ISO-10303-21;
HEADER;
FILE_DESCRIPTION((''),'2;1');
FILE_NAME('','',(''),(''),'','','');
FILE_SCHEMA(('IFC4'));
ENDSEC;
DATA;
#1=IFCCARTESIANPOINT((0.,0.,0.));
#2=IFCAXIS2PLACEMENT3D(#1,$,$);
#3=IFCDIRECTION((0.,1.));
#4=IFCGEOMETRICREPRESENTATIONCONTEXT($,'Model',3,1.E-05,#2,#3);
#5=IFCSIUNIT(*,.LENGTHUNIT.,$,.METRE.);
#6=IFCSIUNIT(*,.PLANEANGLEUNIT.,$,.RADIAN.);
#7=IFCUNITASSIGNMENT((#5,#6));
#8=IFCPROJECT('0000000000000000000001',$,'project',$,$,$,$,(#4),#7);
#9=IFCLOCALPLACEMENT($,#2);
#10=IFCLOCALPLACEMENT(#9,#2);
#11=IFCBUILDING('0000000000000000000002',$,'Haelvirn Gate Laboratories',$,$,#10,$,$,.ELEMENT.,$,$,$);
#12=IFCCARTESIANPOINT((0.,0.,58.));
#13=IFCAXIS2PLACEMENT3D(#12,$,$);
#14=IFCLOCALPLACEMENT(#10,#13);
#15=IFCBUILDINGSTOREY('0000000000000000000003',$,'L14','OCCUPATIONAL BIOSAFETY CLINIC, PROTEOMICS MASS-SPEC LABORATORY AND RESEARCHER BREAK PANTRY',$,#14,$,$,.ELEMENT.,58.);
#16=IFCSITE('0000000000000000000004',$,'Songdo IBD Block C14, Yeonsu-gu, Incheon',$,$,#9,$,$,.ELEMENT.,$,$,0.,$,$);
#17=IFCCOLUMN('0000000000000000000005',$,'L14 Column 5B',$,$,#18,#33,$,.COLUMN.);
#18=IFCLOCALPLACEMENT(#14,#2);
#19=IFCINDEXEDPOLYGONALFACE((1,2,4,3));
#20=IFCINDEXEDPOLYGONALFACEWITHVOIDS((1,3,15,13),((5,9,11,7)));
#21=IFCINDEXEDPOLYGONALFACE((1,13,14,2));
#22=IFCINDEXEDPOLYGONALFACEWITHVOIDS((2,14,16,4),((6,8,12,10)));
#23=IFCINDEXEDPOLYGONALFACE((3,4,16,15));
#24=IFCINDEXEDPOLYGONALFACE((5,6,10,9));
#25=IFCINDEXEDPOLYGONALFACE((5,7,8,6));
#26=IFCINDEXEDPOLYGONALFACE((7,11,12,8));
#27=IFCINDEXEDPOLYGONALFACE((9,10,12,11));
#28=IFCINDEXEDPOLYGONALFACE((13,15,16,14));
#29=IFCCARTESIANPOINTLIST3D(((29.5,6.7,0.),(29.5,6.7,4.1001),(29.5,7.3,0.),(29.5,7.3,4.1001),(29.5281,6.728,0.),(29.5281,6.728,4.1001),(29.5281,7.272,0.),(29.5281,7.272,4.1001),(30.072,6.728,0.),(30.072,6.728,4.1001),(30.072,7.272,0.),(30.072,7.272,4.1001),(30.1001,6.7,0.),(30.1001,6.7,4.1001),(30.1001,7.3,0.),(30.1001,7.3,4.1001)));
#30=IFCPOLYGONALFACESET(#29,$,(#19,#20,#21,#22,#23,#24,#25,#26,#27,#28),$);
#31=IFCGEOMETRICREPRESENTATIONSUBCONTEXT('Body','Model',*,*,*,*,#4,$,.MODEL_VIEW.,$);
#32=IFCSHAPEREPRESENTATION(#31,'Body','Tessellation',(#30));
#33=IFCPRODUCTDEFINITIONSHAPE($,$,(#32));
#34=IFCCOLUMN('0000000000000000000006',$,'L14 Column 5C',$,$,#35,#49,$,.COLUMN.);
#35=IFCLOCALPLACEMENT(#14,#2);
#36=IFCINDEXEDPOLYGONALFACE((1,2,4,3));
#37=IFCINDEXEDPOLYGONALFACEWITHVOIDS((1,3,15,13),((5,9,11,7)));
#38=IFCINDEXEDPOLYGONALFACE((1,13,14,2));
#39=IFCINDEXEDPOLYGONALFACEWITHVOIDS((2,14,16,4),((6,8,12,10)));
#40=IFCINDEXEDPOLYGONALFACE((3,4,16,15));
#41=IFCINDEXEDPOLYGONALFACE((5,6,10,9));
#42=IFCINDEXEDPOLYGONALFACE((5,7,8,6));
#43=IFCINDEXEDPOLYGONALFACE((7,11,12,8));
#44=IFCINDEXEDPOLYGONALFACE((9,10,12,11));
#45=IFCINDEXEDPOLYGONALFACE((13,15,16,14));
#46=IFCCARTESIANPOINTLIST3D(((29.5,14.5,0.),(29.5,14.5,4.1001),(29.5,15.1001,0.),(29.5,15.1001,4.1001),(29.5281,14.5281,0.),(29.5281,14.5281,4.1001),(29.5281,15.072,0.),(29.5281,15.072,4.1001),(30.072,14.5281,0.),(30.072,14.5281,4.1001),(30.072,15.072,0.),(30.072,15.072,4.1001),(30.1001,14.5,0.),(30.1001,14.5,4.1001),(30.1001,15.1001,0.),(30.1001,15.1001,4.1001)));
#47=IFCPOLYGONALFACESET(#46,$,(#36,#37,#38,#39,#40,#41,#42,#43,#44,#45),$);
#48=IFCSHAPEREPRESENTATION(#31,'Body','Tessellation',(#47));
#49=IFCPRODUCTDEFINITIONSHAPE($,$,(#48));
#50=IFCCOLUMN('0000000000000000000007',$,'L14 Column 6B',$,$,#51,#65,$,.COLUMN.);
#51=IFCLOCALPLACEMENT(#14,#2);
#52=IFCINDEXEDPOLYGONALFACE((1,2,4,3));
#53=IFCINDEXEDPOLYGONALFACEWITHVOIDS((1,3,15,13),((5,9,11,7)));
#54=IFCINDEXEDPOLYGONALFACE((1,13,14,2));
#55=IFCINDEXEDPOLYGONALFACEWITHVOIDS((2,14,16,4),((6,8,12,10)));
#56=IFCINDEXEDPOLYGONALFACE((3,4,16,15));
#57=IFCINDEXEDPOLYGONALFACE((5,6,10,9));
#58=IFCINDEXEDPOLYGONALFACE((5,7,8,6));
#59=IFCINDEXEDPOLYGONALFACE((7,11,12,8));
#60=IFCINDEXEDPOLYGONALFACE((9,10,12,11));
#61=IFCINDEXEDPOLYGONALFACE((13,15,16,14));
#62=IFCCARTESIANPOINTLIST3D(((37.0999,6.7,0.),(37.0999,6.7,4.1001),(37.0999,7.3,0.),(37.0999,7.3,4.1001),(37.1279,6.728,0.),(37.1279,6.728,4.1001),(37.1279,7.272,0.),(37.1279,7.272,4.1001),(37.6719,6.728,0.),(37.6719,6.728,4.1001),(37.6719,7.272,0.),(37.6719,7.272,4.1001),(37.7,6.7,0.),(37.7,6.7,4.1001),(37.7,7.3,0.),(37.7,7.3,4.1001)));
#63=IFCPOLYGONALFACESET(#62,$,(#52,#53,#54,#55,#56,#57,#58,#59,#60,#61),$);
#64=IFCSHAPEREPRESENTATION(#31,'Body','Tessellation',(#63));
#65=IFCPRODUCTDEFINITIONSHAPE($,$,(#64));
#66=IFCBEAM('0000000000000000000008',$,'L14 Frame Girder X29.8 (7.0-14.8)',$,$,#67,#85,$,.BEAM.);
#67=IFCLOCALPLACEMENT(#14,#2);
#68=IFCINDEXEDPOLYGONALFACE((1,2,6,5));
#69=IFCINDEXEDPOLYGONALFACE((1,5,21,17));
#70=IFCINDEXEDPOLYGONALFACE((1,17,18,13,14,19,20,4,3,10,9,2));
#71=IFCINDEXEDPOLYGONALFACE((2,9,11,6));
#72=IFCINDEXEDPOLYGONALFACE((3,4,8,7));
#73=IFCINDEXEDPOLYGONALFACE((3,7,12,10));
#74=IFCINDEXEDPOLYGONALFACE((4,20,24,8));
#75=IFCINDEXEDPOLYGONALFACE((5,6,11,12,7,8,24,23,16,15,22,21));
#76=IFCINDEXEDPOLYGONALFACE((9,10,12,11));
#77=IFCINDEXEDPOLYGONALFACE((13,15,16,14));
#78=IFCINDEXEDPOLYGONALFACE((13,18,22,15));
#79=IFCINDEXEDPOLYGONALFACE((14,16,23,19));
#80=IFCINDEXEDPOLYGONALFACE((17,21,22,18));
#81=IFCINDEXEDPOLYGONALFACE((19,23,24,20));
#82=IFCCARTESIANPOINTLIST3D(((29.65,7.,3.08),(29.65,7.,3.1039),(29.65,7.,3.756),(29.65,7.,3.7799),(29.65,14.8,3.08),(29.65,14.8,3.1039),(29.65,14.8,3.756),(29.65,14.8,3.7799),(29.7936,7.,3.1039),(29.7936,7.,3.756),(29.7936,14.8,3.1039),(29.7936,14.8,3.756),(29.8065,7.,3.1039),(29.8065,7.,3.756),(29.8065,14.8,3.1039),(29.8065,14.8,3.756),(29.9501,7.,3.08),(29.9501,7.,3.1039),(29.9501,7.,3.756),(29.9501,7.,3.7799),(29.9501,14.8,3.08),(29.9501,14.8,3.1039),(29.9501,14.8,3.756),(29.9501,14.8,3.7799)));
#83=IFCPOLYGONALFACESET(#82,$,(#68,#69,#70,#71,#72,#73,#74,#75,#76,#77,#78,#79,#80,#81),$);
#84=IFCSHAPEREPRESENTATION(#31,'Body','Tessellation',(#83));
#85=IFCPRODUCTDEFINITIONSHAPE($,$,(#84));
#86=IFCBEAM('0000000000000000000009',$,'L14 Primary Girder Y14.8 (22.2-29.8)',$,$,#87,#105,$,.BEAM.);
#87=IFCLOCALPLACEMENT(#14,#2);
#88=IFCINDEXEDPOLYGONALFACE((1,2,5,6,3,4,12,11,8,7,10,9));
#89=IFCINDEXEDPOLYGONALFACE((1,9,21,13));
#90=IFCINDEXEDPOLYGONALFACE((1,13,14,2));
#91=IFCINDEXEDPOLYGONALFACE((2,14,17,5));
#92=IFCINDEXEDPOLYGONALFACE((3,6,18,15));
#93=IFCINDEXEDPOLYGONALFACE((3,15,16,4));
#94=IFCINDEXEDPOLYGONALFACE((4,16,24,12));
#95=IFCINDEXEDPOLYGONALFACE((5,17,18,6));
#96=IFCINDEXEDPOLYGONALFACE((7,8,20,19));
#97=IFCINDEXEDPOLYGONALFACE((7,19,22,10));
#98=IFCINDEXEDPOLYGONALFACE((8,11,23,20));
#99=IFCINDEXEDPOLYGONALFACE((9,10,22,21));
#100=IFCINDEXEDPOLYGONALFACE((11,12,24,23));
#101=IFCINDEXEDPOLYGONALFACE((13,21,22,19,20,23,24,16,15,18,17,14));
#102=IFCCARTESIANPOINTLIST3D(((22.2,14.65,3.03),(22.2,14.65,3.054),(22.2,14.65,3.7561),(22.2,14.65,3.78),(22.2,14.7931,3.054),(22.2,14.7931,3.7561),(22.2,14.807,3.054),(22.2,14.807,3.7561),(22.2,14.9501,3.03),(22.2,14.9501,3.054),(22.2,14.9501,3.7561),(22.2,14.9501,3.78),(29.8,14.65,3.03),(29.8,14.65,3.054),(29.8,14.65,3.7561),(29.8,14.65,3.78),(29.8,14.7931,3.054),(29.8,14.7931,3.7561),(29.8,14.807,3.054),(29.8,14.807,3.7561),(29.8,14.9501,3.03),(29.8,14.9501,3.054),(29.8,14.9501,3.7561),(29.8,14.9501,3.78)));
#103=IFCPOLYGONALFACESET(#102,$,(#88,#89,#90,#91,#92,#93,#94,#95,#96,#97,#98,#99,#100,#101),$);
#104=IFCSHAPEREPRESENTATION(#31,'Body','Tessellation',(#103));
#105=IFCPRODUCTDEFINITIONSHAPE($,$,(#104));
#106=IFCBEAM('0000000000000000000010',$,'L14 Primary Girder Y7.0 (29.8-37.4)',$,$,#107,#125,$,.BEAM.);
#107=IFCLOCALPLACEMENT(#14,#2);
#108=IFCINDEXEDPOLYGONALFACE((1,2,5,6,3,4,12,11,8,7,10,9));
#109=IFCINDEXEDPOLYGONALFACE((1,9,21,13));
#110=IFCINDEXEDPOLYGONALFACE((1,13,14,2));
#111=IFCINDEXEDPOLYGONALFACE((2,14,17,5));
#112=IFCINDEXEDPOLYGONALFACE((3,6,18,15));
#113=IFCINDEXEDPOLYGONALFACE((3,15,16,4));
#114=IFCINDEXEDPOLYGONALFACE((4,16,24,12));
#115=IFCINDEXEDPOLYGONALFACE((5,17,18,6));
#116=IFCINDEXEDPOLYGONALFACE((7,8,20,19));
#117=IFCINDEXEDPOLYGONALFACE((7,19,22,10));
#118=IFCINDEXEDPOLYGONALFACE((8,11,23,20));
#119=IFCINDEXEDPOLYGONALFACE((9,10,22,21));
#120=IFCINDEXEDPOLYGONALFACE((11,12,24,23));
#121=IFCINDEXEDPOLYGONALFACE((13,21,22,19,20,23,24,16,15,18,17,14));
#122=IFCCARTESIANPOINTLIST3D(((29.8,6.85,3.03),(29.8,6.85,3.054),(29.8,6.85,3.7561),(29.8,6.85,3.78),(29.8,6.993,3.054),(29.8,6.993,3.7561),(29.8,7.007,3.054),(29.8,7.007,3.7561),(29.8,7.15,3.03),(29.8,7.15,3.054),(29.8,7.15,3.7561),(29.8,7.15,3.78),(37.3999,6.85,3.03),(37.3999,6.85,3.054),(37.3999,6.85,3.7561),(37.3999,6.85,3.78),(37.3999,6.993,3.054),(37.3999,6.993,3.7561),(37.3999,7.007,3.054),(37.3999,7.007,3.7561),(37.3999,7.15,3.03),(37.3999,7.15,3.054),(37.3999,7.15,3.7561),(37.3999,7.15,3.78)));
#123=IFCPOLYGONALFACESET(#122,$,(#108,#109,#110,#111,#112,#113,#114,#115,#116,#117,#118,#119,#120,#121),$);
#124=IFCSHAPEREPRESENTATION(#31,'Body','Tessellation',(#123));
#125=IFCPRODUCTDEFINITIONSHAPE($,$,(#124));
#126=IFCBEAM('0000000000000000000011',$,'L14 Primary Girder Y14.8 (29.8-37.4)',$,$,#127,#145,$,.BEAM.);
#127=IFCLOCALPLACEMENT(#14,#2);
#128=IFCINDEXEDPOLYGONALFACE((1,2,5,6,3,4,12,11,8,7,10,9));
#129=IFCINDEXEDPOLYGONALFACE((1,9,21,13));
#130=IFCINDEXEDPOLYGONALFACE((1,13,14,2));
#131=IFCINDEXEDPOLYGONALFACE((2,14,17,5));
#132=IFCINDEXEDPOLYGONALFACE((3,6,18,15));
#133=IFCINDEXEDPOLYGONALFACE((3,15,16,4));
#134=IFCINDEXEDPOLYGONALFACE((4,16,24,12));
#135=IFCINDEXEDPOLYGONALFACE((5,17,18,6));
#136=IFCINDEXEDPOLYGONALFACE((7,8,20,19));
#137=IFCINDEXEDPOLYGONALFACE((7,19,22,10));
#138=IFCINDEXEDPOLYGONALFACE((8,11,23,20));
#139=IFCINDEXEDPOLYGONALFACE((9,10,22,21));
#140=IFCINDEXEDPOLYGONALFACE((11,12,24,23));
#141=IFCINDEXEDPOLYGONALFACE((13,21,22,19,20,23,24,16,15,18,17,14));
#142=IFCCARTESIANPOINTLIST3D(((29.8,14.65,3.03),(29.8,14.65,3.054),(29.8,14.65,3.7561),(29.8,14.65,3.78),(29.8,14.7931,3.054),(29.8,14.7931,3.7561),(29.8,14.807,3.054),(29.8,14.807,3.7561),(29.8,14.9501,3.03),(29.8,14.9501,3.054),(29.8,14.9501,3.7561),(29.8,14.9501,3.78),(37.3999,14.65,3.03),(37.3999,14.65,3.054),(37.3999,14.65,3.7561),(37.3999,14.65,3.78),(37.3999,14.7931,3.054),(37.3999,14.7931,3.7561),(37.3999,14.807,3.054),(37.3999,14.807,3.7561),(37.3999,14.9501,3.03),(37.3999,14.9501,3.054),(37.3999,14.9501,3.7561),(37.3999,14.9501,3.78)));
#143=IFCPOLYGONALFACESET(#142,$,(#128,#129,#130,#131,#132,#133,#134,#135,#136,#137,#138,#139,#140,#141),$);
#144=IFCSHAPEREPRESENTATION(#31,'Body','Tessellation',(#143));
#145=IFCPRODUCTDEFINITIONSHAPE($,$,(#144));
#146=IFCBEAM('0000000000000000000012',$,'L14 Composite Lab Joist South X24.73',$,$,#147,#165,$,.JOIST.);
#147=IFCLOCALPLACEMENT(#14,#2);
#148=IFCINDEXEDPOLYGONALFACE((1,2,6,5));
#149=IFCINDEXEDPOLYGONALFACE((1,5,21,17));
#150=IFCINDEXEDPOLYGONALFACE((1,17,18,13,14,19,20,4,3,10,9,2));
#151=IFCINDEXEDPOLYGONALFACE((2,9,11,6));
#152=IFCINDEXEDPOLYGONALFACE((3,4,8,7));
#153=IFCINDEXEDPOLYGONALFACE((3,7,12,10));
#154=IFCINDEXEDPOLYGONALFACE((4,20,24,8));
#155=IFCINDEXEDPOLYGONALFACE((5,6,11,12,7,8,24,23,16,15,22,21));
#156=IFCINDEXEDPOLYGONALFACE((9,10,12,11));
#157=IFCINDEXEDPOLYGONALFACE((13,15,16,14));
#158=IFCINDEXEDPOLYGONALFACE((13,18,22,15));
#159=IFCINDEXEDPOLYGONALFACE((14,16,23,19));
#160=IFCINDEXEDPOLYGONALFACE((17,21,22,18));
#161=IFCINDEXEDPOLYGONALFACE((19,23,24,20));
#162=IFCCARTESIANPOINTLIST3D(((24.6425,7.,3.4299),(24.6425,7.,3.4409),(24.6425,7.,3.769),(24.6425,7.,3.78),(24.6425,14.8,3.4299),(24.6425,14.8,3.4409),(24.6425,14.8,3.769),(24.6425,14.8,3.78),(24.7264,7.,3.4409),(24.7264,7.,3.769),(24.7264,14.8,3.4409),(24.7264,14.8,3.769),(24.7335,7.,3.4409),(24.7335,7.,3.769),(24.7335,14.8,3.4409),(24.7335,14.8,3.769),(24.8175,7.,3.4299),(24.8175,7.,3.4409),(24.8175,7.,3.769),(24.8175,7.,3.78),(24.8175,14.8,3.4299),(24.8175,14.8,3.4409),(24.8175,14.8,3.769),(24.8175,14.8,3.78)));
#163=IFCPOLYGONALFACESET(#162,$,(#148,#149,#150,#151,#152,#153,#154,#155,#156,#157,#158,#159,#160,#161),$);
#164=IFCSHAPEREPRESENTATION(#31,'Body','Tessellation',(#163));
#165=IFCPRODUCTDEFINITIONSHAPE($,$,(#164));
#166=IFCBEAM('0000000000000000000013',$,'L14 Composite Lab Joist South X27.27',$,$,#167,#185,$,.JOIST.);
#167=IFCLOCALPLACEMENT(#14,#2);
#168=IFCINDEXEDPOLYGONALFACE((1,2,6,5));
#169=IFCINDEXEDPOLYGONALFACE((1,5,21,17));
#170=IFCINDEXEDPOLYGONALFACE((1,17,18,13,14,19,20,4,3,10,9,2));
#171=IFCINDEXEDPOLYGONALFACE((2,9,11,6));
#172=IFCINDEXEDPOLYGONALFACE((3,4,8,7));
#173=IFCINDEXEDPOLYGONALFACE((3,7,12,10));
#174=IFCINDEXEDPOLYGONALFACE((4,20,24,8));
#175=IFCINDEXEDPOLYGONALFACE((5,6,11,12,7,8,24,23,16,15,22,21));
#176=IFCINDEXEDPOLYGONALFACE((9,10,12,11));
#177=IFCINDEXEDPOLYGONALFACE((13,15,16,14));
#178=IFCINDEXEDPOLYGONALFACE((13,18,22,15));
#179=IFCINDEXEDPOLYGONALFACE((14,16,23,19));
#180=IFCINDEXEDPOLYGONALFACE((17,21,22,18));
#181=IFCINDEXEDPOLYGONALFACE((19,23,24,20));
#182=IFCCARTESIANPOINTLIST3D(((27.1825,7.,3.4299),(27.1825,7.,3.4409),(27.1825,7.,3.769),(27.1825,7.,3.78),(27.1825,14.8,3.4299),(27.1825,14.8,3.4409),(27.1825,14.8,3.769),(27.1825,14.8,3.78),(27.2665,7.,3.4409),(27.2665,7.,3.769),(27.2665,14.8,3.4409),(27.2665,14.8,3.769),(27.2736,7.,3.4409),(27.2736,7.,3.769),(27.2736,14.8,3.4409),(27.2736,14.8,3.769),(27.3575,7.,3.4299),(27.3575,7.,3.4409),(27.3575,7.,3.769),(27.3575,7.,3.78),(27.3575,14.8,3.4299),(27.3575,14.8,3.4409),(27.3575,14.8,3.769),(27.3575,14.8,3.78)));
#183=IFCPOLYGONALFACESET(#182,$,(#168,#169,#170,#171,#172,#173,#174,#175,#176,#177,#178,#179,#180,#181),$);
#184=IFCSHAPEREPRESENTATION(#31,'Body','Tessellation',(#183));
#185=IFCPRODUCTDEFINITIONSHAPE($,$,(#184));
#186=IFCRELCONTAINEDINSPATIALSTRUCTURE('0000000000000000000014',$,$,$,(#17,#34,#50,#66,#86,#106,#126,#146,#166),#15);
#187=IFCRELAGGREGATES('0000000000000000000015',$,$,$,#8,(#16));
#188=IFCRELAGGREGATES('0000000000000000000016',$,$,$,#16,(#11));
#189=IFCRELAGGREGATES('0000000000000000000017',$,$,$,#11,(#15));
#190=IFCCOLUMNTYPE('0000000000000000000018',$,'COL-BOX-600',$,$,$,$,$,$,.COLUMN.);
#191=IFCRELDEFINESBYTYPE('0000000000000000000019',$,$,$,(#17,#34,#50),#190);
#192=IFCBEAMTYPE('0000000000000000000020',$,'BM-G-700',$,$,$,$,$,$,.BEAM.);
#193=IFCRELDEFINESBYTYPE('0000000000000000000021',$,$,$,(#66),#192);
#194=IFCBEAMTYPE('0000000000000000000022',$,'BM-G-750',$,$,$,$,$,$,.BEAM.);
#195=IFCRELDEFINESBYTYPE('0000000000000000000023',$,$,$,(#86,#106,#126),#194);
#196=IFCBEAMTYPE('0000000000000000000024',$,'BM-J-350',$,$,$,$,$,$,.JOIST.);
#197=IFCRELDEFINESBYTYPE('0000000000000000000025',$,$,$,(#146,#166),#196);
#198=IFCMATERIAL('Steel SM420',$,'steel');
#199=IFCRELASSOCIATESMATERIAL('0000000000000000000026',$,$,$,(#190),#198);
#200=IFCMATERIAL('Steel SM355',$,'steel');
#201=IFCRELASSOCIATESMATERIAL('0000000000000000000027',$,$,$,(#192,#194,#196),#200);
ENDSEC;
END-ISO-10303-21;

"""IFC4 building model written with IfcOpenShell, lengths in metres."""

from ifc_helpers import new_model, si_unit, direction, frame, origin, origin_2d, place, context, subcontext, project, spatial, hollow_rectangle, i_section, extrude, source, transform, mapped, material, material_profile, profile_set, type_object, type_shapes, element, save


model = new_model("IFC4")

# Units and contexts
model_context = context("Model", 3, precision=1e-05, world=origin(), true_north=direction((0.0, 1.0)))
body_context = subcontext(model_context, "Body", "Model", "MODEL_VIEW")
ifc_project = project(units=[si_unit("LENGTHUNIT", "METRE"), si_unit("PLANEANGLEUNIT", "RADIAN")], contexts=[model_context])

# Site, building, storey
site_placement = place(None, origin())
site = spatial("IfcSite", under=ifc_project, at=site_placement, Name="Songdo IBD Block C14, Yeonsu-gu, Incheon", CompositionType="ELEMENT", RefElevation=0.0)
building_placement = place(site_placement, origin())
building = spatial("IfcBuilding", under=site, at=building_placement, Name="Haelvirn Gate Laboratories", CompositionType="ELEMENT")
storey_placement = place(building_placement, frame((0.0, 0.0, 58.0)))
storey = spatial("IfcBuildingStorey", under=building, at=storey_placement, Name="L14", Description="OCCUPATIONAL BIOSAFETY CLINIC, PROTEOMICS MASS-SPEC LABORATORY AND RESEARCHER BREAK PANTRY", CompositionType="ELEMENT", Elevation=58.0)

# Columns
ifc_material_1 = material(Name="Steel SM420", Category="steel")
ifc_material_profile_1 = material_profile(ifc_material_1, hollow_rectangle(XDim=0.6001, YDim=0.6001, WallThickness=0.0281, at=origin_2d()), Name="BOX-600x600x28")
ifc_profile_set_1 = profile_set([ifc_material_profile_1], Name="Steel SM420")
column_type = type_object("IfcColumnType", Name="COL-BOX-600", PredefinedType="COLUMN", material=ifc_profile_set_1)
shared_shape_1 = source(origin(), body_context, "Body", "SweptSolid", [
    extrude(hollow_rectangle(XDim=0.6001, YDim=0.6001, WallThickness=0.0281, at=origin_2d()), origin(), (0.0, 0.0, 1.0), 4.1001),
])
type_shapes(column_type, [shared_shape_1])
for number, where, z_axis, x_axis, name in (
    (1, (29.8, 7.0, 0.0), (0.0, 0.0, 1.0), (1.0, 0.0, 0.0), "L14 Column 5B"),
    (2, (29.8, 14.8, 0.0), (0.0, 0.0, 1.0), (1.0, 0.0, 0.0), "L14 Column 5C"),
    (3, (37.3999, 7.0, 0.0), (0.0, 0.0, 1.0), (1.0, 0.0, 0.0), "L14 Column 6B"),
):
    element("IfcColumn", number, at=place(storey_placement, frame(where, z_axis=z_axis, x_axis=x_axis)), inside=storey, type_object=column_type, Name=name, PredefinedType="COLUMN", context=body_context, shape_type="MappedRepresentation", body=[
        mapped(shared_shape_1, transform((0.0, 0.0, 0.0), scale=1.0)),
    ])

# Beams
ifc_material_2 = material(Name="Steel SM355", Category="steel")
ifc_material_profile_2 = material_profile(ifc_material_2, i_section(OverallWidth=0.3, OverallDepth=0.7, WebThickness=0.0129, FlangeThickness=0.0239, at=origin_2d()), Name="H-700x300x13x24")
ifc_profile_set_2 = profile_set([ifc_material_profile_2], Name="Steel SM355")
beam_type_1 = type_object("IfcBeamType", Name="BM-G-700", PredefinedType="BEAM", material=ifc_profile_set_2)
shared_shape_2 = source(origin(), body_context, "Body", "SweptSolid", [
    extrude(i_section(OverallWidth=0.3, OverallDepth=0.7, WebThickness=0.0129, FlangeThickness=0.0239, at=origin_2d()), origin(), (0.0, 0.0, 1.0), 7.8),
])
type_shapes(beam_type_1, [shared_shape_2])
beam_1_placement = place(storey_placement, frame((29.8, 7.0, 3.4299), z_axis=(0.0, 1.0, 0.0), x_axis=(-1.0, 0.0, 0.0)))
element("IfcBeam", 4, at=beam_1_placement, inside=storey, type_object=beam_type_1, Name="L14 Frame Girder X29.8 (7.0-14.8)", PredefinedType="BEAM", context=body_context, shape_type="MappedRepresentation", body=[
    mapped(shared_shape_2, transform((0.0, 0.0, 0.0), scale=1.0)),
])
ifc_material_profile_3 = material_profile(ifc_material_2, i_section(OverallWidth=0.3, OverallDepth=0.75, WebThickness=0.0139, FlangeThickness=0.0239, at=origin_2d()), Name="H-750x300x14x24")
ifc_profile_set_3 = profile_set([ifc_material_profile_3], Name="Steel SM355")
beam_type_2 = type_object("IfcBeamType", Name="BM-G-750", PredefinedType="BEAM", material=ifc_profile_set_3)
shared_shape_3 = source(origin(), body_context, "Body", "SweptSolid", [
    extrude(i_section(OverallWidth=0.3, OverallDepth=0.75, WebThickness=0.0139, FlangeThickness=0.0239, at=origin_2d()), origin(), (0.0, 0.0, 1.0), 7.6001),
])
beam_2_placement = place(storey_placement, frame((22.2, 14.8, 3.405), z_axis=(1.0, 0.0, 0.0), x_axis=(0.0, 1.0, 0.0)))
element("IfcBeam", 5, at=beam_2_placement, inside=storey, type_object=beam_type_2, Name="L14 Primary Girder Y14.8 (22.2-29.8)", PredefinedType="BEAM", context=body_context, shape_type="MappedRepresentation", body=[
    mapped(shared_shape_3, transform((0.0, 0.0, 0.0), scale=1.0)),
])
shared_shape_4 = source(origin(), body_context, "Body", "SweptSolid", [
    extrude(i_section(OverallWidth=0.3, OverallDepth=0.75, WebThickness=0.0139, FlangeThickness=0.0239, at=origin_2d()), origin(), (0.0, 0.0, 1.0), 7.5999),
])
type_shapes(beam_type_2, [shared_shape_3, shared_shape_4])
for number, where, z_axis, x_axis, name in (
    (6, (29.8, 7.0, 3.405), (1.0, 0.0, 0.0), (0.0, 1.0, 0.0), "L14 Primary Girder Y7.0 (29.8-37.4)"),
    (7, (29.8, 14.8, 3.405), (1.0, 0.0, 0.0), (0.0, 1.0, 0.0), "L14 Primary Girder Y14.8 (29.8-37.4)"),
):
    element("IfcBeam", number, at=place(storey_placement, frame(where, z_axis=z_axis, x_axis=x_axis)), inside=storey, type_object=beam_type_2, Name=name, PredefinedType="BEAM", context=body_context, shape_type="MappedRepresentation", body=[
        mapped(shared_shape_4, transform((0.0, 0.0, 0.0), scale=1.0)),
    ])
ifc_material_profile_4 = material_profile(ifc_material_2, i_section(OverallWidth=0.175, OverallDepth=0.3501, WebThickness=0.0071, FlangeThickness=0.011, at=origin_2d()), Name="H-350x175x7x11")
ifc_profile_set_4 = profile_set([ifc_material_profile_4], Name="Steel SM355")
beam_type_3 = type_object("IfcBeamType", Name="BM-J-350", PredefinedType="JOIST", material=ifc_profile_set_4)
shared_shape_5 = source(origin(), body_context, "Body", "SweptSolid", [
    extrude(i_section(OverallWidth=0.175, OverallDepth=0.3501, WebThickness=0.0071, FlangeThickness=0.011, at=origin_2d()), origin(), (0.0, 0.0, 1.0), 7.8),
])
type_shapes(beam_type_3, [shared_shape_5])
for number, where, z_axis, x_axis, name in (
    (8, (24.73, 7.0, 3.605), (0.0, 1.0, 0.0), (-1.0, 0.0, 0.0), "L14 Composite Lab Joist South X24.73"),
    (9, (27.27, 7.0, 3.605), (0.0, 1.0, 0.0), (-1.0, 0.0, 0.0), "L14 Composite Lab Joist South X27.27"),
):
    element("IfcBeam", number, at=place(storey_placement, frame(where, z_axis=z_axis, x_axis=x_axis)), inside=storey, type_object=beam_type_3, Name=name, PredefinedType="JOIST", context=body_context, shape_type="MappedRepresentation", body=[
        mapped(shared_shape_5, transform((0.0, 0.0, 0.0), scale=1.0)),
    ])

save(model, "model.ifc")
